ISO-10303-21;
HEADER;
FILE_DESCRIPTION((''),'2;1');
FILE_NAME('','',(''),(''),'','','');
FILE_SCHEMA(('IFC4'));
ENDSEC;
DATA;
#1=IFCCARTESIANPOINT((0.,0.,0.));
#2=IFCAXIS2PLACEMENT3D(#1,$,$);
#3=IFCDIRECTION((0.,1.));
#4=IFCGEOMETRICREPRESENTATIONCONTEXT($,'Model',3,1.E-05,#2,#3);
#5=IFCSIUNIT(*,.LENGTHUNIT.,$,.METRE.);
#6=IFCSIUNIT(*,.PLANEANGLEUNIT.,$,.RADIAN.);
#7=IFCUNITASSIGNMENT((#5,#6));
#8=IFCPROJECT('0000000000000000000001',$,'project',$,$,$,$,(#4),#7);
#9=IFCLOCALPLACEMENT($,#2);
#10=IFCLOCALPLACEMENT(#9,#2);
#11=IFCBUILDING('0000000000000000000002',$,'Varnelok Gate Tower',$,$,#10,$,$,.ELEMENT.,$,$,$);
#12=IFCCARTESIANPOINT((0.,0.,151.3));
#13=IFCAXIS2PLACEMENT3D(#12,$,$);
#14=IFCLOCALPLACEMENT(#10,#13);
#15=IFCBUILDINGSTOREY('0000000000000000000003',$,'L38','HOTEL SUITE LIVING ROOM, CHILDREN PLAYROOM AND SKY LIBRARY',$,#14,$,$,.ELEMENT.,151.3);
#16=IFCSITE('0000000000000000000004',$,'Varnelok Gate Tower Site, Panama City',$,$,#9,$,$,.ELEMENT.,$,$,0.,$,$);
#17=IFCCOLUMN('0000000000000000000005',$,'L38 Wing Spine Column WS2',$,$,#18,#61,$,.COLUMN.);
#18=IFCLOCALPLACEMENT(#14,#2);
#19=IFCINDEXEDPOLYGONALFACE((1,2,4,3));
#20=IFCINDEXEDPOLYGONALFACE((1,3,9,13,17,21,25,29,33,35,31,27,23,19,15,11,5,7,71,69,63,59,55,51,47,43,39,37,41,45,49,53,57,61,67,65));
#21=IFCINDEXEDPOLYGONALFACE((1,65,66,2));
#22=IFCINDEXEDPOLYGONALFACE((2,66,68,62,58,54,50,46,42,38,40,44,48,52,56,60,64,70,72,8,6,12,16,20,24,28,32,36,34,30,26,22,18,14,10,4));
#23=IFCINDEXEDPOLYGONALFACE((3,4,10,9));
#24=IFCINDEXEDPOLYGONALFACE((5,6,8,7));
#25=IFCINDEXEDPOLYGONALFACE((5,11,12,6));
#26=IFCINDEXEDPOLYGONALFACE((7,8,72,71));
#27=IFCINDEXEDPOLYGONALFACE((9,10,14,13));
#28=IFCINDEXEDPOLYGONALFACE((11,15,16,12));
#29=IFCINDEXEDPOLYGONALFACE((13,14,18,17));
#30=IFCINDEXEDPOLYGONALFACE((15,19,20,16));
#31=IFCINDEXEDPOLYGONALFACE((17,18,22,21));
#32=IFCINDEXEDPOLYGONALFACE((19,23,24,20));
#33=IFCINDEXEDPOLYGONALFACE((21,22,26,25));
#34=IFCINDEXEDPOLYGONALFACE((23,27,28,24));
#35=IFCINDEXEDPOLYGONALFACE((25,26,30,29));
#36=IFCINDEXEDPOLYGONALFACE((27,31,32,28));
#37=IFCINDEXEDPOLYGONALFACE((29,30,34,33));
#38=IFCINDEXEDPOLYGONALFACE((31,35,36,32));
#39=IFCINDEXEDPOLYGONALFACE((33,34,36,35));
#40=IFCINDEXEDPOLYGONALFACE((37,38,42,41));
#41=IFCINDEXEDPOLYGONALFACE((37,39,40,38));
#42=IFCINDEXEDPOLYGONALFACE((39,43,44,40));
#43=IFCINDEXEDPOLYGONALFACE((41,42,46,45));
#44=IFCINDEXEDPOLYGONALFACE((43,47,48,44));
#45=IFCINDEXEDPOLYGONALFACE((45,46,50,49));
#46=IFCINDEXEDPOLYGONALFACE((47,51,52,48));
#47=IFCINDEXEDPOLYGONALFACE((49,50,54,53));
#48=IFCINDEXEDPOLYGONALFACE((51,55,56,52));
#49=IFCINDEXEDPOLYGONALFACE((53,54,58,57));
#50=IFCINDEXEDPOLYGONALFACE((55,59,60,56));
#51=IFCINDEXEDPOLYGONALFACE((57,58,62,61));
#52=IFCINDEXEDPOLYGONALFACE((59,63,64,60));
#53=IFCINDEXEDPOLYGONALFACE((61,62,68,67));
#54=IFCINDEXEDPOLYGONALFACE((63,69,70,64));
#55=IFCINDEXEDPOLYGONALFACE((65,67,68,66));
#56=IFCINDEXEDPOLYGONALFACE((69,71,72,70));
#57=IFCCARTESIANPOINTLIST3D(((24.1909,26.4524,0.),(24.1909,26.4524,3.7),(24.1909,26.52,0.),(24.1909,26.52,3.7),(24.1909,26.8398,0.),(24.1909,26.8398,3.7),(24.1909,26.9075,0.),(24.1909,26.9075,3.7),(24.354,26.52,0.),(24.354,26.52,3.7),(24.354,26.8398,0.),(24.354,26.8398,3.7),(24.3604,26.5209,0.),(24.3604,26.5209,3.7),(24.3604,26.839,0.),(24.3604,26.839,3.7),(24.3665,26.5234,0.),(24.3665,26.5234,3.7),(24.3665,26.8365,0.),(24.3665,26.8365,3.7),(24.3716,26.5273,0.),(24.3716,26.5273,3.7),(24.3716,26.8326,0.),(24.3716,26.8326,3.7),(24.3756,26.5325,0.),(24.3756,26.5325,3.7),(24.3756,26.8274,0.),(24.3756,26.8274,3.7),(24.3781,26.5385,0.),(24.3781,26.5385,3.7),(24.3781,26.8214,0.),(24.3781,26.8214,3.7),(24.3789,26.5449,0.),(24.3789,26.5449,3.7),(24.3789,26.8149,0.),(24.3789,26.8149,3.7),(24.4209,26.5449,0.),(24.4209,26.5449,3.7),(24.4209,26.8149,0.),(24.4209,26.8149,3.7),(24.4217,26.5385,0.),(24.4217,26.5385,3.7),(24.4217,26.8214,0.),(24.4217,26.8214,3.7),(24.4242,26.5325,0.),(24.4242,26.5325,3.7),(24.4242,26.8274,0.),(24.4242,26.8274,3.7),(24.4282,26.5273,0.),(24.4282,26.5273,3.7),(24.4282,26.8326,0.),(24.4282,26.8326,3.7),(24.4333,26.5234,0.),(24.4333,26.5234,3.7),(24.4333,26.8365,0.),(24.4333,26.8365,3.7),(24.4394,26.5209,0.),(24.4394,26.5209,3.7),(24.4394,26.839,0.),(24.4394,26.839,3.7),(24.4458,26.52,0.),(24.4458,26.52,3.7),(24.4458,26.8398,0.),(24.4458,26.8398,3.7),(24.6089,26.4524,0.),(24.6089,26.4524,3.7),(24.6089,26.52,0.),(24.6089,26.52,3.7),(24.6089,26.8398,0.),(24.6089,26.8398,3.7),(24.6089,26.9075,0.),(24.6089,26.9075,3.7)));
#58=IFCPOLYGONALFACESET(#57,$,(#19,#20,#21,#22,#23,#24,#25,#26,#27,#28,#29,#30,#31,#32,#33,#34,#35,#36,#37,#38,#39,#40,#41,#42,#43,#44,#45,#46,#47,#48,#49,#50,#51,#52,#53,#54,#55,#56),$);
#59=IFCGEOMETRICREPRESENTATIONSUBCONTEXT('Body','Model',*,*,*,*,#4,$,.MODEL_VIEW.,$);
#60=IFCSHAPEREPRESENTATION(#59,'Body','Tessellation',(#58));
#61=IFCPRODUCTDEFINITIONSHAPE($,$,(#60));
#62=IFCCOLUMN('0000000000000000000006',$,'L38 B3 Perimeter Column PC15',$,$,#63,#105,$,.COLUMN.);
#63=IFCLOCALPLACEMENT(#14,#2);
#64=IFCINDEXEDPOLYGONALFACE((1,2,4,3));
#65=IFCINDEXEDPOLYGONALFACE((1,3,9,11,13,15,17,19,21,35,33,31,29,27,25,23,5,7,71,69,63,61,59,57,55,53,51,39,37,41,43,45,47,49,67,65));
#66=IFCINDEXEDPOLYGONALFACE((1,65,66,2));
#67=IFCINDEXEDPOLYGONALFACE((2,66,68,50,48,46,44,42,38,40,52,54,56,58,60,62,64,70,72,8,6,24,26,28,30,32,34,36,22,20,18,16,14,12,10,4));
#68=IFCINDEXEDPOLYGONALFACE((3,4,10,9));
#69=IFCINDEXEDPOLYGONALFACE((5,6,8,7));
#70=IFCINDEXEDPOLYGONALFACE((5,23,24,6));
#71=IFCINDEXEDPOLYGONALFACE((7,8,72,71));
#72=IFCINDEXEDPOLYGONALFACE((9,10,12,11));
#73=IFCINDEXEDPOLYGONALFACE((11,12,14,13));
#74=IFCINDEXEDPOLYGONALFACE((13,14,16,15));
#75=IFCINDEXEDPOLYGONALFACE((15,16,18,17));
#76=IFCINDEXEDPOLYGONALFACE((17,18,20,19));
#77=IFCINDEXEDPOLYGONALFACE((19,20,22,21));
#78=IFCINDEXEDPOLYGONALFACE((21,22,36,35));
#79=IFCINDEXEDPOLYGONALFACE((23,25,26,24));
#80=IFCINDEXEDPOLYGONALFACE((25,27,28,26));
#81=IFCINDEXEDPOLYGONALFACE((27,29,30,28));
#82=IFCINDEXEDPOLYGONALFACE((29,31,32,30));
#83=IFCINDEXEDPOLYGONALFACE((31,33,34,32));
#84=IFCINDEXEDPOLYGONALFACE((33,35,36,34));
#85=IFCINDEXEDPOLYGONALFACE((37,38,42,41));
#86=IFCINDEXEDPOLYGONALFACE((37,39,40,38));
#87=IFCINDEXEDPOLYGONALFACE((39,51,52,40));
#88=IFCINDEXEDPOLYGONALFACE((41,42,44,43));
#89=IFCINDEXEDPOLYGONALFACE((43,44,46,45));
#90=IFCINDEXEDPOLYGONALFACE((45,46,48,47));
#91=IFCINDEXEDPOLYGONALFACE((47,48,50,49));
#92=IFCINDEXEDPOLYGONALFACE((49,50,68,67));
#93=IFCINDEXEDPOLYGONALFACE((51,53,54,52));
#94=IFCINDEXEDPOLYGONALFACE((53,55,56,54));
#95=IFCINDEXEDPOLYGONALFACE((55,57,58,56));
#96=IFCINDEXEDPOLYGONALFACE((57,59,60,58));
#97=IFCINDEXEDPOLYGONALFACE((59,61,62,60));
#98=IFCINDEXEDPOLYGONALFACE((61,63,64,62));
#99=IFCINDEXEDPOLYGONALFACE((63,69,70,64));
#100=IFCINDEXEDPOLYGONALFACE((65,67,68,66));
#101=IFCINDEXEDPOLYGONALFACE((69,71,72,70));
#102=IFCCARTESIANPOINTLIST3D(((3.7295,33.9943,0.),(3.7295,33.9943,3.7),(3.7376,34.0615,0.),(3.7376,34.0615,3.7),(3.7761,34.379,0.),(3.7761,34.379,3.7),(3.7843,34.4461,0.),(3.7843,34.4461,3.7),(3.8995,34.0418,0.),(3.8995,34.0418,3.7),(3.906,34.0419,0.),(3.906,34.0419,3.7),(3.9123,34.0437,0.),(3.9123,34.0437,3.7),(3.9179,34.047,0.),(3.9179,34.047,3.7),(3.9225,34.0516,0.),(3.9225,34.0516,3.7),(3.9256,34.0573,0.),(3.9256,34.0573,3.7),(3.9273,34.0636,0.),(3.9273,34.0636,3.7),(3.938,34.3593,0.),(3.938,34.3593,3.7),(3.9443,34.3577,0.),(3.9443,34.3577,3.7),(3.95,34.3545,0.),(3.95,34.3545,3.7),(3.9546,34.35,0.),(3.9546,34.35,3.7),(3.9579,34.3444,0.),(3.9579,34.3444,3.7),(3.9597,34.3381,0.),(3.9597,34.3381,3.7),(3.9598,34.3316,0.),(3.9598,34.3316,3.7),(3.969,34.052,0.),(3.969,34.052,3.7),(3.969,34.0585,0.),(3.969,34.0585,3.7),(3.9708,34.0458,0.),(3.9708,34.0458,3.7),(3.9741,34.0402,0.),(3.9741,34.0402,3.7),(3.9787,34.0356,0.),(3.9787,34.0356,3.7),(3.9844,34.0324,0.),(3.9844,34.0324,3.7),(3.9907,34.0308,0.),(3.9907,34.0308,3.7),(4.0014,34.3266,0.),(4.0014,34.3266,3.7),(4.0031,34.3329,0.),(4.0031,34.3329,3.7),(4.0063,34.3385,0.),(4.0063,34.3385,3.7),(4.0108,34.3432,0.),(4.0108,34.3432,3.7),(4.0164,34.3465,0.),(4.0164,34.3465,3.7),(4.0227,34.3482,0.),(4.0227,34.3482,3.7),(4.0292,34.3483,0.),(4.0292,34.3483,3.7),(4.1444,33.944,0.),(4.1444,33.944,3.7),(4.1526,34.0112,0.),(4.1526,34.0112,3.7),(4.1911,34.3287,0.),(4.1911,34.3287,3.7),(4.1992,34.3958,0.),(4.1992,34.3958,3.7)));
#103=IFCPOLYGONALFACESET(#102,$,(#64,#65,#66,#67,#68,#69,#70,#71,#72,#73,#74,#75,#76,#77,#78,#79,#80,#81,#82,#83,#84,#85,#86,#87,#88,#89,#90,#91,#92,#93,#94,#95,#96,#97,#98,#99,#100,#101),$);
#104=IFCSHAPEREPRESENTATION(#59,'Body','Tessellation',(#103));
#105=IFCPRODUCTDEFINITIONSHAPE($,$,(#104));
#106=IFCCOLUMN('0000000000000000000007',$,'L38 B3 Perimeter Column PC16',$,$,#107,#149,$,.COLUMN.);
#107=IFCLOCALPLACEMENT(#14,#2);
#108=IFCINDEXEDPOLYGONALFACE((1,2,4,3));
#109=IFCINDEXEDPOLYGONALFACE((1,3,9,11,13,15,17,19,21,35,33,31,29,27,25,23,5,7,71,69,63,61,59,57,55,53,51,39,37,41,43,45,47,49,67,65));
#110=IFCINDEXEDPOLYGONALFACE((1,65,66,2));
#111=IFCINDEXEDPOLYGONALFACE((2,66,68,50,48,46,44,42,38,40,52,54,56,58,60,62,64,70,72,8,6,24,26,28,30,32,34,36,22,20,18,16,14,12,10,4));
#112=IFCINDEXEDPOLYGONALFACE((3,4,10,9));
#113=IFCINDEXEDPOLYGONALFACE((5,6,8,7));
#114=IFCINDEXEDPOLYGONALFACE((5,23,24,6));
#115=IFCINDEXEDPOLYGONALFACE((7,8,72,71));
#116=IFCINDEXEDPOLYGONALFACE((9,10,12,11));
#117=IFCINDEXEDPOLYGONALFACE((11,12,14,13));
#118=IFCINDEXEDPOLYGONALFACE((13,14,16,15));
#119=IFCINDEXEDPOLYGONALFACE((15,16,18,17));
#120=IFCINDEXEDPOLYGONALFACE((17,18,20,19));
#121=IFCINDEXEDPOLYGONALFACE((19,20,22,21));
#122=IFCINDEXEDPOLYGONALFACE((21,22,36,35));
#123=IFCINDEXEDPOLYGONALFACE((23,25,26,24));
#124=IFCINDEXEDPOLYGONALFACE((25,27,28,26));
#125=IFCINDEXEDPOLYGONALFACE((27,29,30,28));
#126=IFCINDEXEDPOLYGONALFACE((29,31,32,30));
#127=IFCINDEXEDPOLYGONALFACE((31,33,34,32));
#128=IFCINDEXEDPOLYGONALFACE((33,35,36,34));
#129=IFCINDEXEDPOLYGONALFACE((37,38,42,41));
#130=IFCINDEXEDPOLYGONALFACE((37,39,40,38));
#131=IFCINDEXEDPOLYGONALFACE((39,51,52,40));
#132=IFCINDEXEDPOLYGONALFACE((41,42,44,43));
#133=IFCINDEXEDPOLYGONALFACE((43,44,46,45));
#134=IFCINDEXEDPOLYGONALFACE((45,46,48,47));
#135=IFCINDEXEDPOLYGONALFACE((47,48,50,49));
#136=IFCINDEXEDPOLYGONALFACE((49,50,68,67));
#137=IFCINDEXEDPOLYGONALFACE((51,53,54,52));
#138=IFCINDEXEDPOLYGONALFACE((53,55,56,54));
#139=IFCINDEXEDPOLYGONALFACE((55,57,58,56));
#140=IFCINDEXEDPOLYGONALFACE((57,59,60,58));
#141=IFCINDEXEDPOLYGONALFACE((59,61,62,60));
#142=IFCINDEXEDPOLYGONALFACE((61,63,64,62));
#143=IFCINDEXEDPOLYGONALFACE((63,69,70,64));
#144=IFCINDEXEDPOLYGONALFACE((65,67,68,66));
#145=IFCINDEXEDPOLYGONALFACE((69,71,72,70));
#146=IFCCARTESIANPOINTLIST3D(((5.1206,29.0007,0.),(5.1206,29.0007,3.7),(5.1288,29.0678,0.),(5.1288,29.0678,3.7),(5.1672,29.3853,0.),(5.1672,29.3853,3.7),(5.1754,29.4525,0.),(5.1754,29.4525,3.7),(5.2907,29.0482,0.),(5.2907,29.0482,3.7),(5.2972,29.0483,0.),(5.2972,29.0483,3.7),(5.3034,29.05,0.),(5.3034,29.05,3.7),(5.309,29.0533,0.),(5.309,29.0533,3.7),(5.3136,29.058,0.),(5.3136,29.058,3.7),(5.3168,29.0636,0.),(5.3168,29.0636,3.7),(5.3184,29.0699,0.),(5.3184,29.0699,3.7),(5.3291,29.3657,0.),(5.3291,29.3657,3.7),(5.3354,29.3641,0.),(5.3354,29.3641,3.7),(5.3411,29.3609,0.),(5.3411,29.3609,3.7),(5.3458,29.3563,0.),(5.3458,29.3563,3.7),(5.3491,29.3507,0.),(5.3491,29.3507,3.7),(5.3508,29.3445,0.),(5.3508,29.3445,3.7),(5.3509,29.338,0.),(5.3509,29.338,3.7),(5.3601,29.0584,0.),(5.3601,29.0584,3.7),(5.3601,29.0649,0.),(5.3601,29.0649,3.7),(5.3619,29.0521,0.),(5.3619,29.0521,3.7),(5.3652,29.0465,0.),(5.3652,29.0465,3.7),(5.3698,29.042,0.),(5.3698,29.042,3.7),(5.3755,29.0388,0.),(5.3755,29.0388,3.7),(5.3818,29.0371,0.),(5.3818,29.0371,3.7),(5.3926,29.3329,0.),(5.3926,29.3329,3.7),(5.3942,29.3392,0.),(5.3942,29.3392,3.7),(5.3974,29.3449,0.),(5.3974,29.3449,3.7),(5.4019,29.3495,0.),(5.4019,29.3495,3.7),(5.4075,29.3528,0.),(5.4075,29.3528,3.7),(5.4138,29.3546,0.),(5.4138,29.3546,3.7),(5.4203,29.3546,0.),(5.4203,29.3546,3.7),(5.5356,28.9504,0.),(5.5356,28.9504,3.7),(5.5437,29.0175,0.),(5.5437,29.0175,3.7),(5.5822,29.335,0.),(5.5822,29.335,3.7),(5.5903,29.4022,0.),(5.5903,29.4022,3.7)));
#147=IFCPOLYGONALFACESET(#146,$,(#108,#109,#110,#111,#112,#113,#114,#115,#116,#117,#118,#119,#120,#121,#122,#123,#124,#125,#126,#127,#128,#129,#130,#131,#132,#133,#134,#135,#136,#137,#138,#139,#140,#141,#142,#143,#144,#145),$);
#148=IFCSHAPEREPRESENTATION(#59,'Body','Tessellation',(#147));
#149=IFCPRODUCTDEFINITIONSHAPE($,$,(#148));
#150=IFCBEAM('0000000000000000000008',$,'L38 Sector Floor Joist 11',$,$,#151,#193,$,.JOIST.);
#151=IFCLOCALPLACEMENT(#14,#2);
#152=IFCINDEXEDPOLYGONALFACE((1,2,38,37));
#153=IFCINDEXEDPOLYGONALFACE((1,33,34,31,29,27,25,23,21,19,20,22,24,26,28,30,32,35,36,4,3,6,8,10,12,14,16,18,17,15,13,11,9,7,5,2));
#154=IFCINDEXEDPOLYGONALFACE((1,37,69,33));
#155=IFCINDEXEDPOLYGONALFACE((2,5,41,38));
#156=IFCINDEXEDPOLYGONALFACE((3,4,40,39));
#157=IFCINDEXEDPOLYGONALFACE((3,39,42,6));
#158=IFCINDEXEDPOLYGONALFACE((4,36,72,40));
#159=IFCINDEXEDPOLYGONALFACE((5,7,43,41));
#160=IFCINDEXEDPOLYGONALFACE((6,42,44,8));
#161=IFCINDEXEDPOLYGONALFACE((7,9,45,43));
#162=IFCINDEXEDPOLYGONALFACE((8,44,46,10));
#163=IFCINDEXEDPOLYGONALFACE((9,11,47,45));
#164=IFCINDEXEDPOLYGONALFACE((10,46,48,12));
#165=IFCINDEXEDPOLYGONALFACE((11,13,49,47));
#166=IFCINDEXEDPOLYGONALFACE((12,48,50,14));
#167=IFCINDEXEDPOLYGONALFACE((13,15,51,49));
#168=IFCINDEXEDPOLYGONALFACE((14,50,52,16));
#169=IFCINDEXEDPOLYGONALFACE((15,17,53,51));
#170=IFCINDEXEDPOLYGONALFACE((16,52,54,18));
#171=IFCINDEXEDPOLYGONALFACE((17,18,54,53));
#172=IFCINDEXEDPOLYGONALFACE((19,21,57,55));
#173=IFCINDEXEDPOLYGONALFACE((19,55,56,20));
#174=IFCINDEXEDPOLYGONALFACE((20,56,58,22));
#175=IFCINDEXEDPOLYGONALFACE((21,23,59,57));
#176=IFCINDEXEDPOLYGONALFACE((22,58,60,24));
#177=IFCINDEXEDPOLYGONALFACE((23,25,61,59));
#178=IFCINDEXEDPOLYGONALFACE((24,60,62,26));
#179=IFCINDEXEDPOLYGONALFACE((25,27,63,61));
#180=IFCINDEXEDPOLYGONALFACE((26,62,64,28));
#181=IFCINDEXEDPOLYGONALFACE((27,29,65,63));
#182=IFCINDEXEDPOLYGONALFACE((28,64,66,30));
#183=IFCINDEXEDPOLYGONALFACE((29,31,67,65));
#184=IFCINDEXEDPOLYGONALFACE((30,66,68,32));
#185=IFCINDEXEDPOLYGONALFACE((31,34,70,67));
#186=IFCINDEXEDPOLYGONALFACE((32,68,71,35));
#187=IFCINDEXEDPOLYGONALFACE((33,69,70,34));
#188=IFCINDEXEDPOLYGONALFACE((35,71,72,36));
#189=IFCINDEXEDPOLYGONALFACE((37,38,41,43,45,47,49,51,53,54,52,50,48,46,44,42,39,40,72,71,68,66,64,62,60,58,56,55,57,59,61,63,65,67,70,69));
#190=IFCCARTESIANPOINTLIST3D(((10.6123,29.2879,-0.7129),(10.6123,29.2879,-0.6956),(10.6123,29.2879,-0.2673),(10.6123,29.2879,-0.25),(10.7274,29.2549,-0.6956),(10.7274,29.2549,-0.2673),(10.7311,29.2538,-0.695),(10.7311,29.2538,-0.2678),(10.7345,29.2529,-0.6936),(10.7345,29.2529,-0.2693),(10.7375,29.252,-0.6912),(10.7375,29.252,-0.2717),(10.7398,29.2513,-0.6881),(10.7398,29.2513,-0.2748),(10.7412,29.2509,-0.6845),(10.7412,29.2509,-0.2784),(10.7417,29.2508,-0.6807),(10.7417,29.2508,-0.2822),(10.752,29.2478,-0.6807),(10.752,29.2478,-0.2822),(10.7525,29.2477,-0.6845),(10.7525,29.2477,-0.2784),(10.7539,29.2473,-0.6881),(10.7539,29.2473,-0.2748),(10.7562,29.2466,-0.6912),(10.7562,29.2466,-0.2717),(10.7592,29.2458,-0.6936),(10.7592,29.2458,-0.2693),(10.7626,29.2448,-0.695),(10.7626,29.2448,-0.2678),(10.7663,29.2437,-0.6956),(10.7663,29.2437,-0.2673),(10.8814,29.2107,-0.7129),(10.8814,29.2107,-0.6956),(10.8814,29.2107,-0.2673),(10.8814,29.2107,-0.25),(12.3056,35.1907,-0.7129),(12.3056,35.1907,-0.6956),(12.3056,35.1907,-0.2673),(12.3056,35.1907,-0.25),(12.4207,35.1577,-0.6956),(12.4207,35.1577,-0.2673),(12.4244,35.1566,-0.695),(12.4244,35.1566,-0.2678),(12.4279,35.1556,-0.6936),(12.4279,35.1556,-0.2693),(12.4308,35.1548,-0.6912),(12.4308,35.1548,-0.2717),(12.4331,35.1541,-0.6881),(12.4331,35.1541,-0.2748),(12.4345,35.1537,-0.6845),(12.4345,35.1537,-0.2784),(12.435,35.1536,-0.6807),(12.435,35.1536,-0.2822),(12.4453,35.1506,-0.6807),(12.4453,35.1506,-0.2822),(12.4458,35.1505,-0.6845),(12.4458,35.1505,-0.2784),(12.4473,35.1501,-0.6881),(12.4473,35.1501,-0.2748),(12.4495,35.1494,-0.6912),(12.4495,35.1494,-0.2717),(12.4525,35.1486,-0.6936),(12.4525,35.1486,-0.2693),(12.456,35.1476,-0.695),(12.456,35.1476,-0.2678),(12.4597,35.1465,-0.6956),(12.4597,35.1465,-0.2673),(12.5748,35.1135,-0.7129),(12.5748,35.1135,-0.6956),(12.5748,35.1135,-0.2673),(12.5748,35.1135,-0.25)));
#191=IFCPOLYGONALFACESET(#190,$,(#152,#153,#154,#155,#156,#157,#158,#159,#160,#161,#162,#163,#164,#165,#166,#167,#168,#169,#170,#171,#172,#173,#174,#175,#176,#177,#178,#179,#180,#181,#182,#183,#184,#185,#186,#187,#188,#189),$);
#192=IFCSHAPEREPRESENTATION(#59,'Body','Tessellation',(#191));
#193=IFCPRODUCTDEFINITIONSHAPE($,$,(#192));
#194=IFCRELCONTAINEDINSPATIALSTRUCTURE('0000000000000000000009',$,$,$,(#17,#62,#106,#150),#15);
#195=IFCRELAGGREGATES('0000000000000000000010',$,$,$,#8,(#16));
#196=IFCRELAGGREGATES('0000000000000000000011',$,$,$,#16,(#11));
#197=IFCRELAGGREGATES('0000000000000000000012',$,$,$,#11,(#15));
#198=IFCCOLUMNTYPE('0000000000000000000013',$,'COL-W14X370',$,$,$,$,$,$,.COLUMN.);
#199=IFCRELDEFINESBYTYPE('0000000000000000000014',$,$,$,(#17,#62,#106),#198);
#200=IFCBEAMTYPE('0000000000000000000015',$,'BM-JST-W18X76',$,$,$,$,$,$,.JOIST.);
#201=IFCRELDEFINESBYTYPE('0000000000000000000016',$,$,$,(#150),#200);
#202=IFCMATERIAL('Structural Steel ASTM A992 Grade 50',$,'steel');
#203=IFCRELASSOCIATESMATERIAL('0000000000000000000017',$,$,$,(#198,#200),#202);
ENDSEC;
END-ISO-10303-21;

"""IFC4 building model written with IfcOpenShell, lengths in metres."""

from ifc_helpers import new_model, si_unit, direction, frame, origin, origin_2d, place, context, subcontext, project, spatial, i_section, extrude, material, material_profile, profile_set, type_object, element, save


model = new_model("IFC4")

# Units and contexts
model_context = context("Model", 3, precision=1e-05, world=origin(), true_north=direction((0.0, 1.0)))
body_context = subcontext(model_context, "Body", "Model", "MODEL_VIEW")
ifc_project = project(units=[si_unit("LENGTHUNIT", "METRE"), si_unit("PLANEANGLEUNIT", "RADIAN")], contexts=[model_context])

# Site, building, storey
site_placement = place(None, origin())
site = spatial("IfcSite", under=ifc_project, at=site_placement, Name="Varnelok Gate Tower Site, Panama City", CompositionType="ELEMENT", RefElevation=0.0)
building_placement = place(site_placement, origin())
building = spatial("IfcBuilding", under=site, at=building_placement, Name="Varnelok Gate Tower", CompositionType="ELEMENT")
storey_placement = place(building_placement, frame((0.0, 0.0, 151.3)))
storey = spatial("IfcBuildingStorey", under=building, at=storey_placement, Name="L38", Description="HOTEL SUITE LIVING ROOM, CHILDREN PLAYROOM AND SKY LIBRARY", CompositionType="ELEMENT", Elevation=151.3)

# Columns
ifc_material_1 = material(Name="Structural Steel ASTM A992 Grade 50", Category="steel")
ifc_material_profile_1 = material_profile(ifc_material_1, i_section(OverallWidth=0.418, OverallDepth=0.4551, WebThickness=0.042, FlangeThickness=0.0676, FilletRadius=0.0249, at=origin_2d()), Name="W14X370")
ifc_profile_set_1 = profile_set([ifc_material_profile_1], Name="Structural Steel ASTM A992 Grade 50")
column_type = type_object("IfcColumnType", Name="COL-W14X370", PredefinedType="COLUMN", material=ifc_profile_set_1)
for number, where, z_axis, x_axis, name in (
    (1, (24.3999, 26.6799, 0.0), (0.0, 0.0, 1.0), (1.0, 0.0, 0.0), "L38 Wing Spine Column WS2"),
    (2, (3.9644, 34.1951, 0.0), (0.0, 0.0, 1.0), (0.992732, -0.120345, 0.0), "L38 B3 Perimeter Column PC15"),
    (3, (5.3555, 29.2014, 0.0), (0.0, 0.0, 1.0), (0.992732, -0.120345, 0.0), "L38 B3 Perimeter Column PC16"),
):
    element("IfcColumn", number, at=place(storey_placement, frame(where, z_axis=z_axis, x_axis=x_axis)), inside=storey, type_object=column_type, Name=name, PredefinedType="COLUMN", context=body_context, shape_type="SweptSolid", body=[
        extrude(i_section(OverallWidth=0.418, OverallDepth=0.4551, WebThickness=0.042, FlangeThickness=0.0676, FilletRadius=0.0249, at=origin_2d()), origin(), (0.0, 0.0, 1.0), 3.7),
    ])

# Beam
ifc_material_profile_2 = material_profile(ifc_material_1, i_section(OverallWidth=0.28, OverallDepth=0.4629, WebThickness=0.0107, FlangeThickness=0.0173, FilletRadius=0.0149, at=origin_2d()), Name="W18X76")
ifc_profile_set_2 = profile_set([ifc_material_profile_2], Name="Structural Steel ASTM A992 Grade 50")
beam_type_1 = type_object("IfcBeamType", Name="BM-JST-W18X76", PredefinedType="JOIST", material=ifc_profile_set_2)
beam_1_placement = place(storey_placement, frame((12.4402, 35.1521, -0.4814), z_axis=(-0.27575, -0.961229, 0.0), x_axis=(0.961229, -0.27575, 0.0)))
element("IfcBeam", 4, at=beam_1_placement, inside=storey, type_object=beam_type_1, Name="L38 Sector Floor Joist 11", PredefinedType="JOIST", context=body_context, shape_type="SweptSolid", body=[
    extrude(i_section(OverallWidth=0.28, OverallDepth=0.4629, WebThickness=0.0107, FlangeThickness=0.0173, FilletRadius=0.0149, at=origin_2d()), origin(), (0.0, 0.0, 1.0), 6.1409),
])

save(model, "model.ifc")
